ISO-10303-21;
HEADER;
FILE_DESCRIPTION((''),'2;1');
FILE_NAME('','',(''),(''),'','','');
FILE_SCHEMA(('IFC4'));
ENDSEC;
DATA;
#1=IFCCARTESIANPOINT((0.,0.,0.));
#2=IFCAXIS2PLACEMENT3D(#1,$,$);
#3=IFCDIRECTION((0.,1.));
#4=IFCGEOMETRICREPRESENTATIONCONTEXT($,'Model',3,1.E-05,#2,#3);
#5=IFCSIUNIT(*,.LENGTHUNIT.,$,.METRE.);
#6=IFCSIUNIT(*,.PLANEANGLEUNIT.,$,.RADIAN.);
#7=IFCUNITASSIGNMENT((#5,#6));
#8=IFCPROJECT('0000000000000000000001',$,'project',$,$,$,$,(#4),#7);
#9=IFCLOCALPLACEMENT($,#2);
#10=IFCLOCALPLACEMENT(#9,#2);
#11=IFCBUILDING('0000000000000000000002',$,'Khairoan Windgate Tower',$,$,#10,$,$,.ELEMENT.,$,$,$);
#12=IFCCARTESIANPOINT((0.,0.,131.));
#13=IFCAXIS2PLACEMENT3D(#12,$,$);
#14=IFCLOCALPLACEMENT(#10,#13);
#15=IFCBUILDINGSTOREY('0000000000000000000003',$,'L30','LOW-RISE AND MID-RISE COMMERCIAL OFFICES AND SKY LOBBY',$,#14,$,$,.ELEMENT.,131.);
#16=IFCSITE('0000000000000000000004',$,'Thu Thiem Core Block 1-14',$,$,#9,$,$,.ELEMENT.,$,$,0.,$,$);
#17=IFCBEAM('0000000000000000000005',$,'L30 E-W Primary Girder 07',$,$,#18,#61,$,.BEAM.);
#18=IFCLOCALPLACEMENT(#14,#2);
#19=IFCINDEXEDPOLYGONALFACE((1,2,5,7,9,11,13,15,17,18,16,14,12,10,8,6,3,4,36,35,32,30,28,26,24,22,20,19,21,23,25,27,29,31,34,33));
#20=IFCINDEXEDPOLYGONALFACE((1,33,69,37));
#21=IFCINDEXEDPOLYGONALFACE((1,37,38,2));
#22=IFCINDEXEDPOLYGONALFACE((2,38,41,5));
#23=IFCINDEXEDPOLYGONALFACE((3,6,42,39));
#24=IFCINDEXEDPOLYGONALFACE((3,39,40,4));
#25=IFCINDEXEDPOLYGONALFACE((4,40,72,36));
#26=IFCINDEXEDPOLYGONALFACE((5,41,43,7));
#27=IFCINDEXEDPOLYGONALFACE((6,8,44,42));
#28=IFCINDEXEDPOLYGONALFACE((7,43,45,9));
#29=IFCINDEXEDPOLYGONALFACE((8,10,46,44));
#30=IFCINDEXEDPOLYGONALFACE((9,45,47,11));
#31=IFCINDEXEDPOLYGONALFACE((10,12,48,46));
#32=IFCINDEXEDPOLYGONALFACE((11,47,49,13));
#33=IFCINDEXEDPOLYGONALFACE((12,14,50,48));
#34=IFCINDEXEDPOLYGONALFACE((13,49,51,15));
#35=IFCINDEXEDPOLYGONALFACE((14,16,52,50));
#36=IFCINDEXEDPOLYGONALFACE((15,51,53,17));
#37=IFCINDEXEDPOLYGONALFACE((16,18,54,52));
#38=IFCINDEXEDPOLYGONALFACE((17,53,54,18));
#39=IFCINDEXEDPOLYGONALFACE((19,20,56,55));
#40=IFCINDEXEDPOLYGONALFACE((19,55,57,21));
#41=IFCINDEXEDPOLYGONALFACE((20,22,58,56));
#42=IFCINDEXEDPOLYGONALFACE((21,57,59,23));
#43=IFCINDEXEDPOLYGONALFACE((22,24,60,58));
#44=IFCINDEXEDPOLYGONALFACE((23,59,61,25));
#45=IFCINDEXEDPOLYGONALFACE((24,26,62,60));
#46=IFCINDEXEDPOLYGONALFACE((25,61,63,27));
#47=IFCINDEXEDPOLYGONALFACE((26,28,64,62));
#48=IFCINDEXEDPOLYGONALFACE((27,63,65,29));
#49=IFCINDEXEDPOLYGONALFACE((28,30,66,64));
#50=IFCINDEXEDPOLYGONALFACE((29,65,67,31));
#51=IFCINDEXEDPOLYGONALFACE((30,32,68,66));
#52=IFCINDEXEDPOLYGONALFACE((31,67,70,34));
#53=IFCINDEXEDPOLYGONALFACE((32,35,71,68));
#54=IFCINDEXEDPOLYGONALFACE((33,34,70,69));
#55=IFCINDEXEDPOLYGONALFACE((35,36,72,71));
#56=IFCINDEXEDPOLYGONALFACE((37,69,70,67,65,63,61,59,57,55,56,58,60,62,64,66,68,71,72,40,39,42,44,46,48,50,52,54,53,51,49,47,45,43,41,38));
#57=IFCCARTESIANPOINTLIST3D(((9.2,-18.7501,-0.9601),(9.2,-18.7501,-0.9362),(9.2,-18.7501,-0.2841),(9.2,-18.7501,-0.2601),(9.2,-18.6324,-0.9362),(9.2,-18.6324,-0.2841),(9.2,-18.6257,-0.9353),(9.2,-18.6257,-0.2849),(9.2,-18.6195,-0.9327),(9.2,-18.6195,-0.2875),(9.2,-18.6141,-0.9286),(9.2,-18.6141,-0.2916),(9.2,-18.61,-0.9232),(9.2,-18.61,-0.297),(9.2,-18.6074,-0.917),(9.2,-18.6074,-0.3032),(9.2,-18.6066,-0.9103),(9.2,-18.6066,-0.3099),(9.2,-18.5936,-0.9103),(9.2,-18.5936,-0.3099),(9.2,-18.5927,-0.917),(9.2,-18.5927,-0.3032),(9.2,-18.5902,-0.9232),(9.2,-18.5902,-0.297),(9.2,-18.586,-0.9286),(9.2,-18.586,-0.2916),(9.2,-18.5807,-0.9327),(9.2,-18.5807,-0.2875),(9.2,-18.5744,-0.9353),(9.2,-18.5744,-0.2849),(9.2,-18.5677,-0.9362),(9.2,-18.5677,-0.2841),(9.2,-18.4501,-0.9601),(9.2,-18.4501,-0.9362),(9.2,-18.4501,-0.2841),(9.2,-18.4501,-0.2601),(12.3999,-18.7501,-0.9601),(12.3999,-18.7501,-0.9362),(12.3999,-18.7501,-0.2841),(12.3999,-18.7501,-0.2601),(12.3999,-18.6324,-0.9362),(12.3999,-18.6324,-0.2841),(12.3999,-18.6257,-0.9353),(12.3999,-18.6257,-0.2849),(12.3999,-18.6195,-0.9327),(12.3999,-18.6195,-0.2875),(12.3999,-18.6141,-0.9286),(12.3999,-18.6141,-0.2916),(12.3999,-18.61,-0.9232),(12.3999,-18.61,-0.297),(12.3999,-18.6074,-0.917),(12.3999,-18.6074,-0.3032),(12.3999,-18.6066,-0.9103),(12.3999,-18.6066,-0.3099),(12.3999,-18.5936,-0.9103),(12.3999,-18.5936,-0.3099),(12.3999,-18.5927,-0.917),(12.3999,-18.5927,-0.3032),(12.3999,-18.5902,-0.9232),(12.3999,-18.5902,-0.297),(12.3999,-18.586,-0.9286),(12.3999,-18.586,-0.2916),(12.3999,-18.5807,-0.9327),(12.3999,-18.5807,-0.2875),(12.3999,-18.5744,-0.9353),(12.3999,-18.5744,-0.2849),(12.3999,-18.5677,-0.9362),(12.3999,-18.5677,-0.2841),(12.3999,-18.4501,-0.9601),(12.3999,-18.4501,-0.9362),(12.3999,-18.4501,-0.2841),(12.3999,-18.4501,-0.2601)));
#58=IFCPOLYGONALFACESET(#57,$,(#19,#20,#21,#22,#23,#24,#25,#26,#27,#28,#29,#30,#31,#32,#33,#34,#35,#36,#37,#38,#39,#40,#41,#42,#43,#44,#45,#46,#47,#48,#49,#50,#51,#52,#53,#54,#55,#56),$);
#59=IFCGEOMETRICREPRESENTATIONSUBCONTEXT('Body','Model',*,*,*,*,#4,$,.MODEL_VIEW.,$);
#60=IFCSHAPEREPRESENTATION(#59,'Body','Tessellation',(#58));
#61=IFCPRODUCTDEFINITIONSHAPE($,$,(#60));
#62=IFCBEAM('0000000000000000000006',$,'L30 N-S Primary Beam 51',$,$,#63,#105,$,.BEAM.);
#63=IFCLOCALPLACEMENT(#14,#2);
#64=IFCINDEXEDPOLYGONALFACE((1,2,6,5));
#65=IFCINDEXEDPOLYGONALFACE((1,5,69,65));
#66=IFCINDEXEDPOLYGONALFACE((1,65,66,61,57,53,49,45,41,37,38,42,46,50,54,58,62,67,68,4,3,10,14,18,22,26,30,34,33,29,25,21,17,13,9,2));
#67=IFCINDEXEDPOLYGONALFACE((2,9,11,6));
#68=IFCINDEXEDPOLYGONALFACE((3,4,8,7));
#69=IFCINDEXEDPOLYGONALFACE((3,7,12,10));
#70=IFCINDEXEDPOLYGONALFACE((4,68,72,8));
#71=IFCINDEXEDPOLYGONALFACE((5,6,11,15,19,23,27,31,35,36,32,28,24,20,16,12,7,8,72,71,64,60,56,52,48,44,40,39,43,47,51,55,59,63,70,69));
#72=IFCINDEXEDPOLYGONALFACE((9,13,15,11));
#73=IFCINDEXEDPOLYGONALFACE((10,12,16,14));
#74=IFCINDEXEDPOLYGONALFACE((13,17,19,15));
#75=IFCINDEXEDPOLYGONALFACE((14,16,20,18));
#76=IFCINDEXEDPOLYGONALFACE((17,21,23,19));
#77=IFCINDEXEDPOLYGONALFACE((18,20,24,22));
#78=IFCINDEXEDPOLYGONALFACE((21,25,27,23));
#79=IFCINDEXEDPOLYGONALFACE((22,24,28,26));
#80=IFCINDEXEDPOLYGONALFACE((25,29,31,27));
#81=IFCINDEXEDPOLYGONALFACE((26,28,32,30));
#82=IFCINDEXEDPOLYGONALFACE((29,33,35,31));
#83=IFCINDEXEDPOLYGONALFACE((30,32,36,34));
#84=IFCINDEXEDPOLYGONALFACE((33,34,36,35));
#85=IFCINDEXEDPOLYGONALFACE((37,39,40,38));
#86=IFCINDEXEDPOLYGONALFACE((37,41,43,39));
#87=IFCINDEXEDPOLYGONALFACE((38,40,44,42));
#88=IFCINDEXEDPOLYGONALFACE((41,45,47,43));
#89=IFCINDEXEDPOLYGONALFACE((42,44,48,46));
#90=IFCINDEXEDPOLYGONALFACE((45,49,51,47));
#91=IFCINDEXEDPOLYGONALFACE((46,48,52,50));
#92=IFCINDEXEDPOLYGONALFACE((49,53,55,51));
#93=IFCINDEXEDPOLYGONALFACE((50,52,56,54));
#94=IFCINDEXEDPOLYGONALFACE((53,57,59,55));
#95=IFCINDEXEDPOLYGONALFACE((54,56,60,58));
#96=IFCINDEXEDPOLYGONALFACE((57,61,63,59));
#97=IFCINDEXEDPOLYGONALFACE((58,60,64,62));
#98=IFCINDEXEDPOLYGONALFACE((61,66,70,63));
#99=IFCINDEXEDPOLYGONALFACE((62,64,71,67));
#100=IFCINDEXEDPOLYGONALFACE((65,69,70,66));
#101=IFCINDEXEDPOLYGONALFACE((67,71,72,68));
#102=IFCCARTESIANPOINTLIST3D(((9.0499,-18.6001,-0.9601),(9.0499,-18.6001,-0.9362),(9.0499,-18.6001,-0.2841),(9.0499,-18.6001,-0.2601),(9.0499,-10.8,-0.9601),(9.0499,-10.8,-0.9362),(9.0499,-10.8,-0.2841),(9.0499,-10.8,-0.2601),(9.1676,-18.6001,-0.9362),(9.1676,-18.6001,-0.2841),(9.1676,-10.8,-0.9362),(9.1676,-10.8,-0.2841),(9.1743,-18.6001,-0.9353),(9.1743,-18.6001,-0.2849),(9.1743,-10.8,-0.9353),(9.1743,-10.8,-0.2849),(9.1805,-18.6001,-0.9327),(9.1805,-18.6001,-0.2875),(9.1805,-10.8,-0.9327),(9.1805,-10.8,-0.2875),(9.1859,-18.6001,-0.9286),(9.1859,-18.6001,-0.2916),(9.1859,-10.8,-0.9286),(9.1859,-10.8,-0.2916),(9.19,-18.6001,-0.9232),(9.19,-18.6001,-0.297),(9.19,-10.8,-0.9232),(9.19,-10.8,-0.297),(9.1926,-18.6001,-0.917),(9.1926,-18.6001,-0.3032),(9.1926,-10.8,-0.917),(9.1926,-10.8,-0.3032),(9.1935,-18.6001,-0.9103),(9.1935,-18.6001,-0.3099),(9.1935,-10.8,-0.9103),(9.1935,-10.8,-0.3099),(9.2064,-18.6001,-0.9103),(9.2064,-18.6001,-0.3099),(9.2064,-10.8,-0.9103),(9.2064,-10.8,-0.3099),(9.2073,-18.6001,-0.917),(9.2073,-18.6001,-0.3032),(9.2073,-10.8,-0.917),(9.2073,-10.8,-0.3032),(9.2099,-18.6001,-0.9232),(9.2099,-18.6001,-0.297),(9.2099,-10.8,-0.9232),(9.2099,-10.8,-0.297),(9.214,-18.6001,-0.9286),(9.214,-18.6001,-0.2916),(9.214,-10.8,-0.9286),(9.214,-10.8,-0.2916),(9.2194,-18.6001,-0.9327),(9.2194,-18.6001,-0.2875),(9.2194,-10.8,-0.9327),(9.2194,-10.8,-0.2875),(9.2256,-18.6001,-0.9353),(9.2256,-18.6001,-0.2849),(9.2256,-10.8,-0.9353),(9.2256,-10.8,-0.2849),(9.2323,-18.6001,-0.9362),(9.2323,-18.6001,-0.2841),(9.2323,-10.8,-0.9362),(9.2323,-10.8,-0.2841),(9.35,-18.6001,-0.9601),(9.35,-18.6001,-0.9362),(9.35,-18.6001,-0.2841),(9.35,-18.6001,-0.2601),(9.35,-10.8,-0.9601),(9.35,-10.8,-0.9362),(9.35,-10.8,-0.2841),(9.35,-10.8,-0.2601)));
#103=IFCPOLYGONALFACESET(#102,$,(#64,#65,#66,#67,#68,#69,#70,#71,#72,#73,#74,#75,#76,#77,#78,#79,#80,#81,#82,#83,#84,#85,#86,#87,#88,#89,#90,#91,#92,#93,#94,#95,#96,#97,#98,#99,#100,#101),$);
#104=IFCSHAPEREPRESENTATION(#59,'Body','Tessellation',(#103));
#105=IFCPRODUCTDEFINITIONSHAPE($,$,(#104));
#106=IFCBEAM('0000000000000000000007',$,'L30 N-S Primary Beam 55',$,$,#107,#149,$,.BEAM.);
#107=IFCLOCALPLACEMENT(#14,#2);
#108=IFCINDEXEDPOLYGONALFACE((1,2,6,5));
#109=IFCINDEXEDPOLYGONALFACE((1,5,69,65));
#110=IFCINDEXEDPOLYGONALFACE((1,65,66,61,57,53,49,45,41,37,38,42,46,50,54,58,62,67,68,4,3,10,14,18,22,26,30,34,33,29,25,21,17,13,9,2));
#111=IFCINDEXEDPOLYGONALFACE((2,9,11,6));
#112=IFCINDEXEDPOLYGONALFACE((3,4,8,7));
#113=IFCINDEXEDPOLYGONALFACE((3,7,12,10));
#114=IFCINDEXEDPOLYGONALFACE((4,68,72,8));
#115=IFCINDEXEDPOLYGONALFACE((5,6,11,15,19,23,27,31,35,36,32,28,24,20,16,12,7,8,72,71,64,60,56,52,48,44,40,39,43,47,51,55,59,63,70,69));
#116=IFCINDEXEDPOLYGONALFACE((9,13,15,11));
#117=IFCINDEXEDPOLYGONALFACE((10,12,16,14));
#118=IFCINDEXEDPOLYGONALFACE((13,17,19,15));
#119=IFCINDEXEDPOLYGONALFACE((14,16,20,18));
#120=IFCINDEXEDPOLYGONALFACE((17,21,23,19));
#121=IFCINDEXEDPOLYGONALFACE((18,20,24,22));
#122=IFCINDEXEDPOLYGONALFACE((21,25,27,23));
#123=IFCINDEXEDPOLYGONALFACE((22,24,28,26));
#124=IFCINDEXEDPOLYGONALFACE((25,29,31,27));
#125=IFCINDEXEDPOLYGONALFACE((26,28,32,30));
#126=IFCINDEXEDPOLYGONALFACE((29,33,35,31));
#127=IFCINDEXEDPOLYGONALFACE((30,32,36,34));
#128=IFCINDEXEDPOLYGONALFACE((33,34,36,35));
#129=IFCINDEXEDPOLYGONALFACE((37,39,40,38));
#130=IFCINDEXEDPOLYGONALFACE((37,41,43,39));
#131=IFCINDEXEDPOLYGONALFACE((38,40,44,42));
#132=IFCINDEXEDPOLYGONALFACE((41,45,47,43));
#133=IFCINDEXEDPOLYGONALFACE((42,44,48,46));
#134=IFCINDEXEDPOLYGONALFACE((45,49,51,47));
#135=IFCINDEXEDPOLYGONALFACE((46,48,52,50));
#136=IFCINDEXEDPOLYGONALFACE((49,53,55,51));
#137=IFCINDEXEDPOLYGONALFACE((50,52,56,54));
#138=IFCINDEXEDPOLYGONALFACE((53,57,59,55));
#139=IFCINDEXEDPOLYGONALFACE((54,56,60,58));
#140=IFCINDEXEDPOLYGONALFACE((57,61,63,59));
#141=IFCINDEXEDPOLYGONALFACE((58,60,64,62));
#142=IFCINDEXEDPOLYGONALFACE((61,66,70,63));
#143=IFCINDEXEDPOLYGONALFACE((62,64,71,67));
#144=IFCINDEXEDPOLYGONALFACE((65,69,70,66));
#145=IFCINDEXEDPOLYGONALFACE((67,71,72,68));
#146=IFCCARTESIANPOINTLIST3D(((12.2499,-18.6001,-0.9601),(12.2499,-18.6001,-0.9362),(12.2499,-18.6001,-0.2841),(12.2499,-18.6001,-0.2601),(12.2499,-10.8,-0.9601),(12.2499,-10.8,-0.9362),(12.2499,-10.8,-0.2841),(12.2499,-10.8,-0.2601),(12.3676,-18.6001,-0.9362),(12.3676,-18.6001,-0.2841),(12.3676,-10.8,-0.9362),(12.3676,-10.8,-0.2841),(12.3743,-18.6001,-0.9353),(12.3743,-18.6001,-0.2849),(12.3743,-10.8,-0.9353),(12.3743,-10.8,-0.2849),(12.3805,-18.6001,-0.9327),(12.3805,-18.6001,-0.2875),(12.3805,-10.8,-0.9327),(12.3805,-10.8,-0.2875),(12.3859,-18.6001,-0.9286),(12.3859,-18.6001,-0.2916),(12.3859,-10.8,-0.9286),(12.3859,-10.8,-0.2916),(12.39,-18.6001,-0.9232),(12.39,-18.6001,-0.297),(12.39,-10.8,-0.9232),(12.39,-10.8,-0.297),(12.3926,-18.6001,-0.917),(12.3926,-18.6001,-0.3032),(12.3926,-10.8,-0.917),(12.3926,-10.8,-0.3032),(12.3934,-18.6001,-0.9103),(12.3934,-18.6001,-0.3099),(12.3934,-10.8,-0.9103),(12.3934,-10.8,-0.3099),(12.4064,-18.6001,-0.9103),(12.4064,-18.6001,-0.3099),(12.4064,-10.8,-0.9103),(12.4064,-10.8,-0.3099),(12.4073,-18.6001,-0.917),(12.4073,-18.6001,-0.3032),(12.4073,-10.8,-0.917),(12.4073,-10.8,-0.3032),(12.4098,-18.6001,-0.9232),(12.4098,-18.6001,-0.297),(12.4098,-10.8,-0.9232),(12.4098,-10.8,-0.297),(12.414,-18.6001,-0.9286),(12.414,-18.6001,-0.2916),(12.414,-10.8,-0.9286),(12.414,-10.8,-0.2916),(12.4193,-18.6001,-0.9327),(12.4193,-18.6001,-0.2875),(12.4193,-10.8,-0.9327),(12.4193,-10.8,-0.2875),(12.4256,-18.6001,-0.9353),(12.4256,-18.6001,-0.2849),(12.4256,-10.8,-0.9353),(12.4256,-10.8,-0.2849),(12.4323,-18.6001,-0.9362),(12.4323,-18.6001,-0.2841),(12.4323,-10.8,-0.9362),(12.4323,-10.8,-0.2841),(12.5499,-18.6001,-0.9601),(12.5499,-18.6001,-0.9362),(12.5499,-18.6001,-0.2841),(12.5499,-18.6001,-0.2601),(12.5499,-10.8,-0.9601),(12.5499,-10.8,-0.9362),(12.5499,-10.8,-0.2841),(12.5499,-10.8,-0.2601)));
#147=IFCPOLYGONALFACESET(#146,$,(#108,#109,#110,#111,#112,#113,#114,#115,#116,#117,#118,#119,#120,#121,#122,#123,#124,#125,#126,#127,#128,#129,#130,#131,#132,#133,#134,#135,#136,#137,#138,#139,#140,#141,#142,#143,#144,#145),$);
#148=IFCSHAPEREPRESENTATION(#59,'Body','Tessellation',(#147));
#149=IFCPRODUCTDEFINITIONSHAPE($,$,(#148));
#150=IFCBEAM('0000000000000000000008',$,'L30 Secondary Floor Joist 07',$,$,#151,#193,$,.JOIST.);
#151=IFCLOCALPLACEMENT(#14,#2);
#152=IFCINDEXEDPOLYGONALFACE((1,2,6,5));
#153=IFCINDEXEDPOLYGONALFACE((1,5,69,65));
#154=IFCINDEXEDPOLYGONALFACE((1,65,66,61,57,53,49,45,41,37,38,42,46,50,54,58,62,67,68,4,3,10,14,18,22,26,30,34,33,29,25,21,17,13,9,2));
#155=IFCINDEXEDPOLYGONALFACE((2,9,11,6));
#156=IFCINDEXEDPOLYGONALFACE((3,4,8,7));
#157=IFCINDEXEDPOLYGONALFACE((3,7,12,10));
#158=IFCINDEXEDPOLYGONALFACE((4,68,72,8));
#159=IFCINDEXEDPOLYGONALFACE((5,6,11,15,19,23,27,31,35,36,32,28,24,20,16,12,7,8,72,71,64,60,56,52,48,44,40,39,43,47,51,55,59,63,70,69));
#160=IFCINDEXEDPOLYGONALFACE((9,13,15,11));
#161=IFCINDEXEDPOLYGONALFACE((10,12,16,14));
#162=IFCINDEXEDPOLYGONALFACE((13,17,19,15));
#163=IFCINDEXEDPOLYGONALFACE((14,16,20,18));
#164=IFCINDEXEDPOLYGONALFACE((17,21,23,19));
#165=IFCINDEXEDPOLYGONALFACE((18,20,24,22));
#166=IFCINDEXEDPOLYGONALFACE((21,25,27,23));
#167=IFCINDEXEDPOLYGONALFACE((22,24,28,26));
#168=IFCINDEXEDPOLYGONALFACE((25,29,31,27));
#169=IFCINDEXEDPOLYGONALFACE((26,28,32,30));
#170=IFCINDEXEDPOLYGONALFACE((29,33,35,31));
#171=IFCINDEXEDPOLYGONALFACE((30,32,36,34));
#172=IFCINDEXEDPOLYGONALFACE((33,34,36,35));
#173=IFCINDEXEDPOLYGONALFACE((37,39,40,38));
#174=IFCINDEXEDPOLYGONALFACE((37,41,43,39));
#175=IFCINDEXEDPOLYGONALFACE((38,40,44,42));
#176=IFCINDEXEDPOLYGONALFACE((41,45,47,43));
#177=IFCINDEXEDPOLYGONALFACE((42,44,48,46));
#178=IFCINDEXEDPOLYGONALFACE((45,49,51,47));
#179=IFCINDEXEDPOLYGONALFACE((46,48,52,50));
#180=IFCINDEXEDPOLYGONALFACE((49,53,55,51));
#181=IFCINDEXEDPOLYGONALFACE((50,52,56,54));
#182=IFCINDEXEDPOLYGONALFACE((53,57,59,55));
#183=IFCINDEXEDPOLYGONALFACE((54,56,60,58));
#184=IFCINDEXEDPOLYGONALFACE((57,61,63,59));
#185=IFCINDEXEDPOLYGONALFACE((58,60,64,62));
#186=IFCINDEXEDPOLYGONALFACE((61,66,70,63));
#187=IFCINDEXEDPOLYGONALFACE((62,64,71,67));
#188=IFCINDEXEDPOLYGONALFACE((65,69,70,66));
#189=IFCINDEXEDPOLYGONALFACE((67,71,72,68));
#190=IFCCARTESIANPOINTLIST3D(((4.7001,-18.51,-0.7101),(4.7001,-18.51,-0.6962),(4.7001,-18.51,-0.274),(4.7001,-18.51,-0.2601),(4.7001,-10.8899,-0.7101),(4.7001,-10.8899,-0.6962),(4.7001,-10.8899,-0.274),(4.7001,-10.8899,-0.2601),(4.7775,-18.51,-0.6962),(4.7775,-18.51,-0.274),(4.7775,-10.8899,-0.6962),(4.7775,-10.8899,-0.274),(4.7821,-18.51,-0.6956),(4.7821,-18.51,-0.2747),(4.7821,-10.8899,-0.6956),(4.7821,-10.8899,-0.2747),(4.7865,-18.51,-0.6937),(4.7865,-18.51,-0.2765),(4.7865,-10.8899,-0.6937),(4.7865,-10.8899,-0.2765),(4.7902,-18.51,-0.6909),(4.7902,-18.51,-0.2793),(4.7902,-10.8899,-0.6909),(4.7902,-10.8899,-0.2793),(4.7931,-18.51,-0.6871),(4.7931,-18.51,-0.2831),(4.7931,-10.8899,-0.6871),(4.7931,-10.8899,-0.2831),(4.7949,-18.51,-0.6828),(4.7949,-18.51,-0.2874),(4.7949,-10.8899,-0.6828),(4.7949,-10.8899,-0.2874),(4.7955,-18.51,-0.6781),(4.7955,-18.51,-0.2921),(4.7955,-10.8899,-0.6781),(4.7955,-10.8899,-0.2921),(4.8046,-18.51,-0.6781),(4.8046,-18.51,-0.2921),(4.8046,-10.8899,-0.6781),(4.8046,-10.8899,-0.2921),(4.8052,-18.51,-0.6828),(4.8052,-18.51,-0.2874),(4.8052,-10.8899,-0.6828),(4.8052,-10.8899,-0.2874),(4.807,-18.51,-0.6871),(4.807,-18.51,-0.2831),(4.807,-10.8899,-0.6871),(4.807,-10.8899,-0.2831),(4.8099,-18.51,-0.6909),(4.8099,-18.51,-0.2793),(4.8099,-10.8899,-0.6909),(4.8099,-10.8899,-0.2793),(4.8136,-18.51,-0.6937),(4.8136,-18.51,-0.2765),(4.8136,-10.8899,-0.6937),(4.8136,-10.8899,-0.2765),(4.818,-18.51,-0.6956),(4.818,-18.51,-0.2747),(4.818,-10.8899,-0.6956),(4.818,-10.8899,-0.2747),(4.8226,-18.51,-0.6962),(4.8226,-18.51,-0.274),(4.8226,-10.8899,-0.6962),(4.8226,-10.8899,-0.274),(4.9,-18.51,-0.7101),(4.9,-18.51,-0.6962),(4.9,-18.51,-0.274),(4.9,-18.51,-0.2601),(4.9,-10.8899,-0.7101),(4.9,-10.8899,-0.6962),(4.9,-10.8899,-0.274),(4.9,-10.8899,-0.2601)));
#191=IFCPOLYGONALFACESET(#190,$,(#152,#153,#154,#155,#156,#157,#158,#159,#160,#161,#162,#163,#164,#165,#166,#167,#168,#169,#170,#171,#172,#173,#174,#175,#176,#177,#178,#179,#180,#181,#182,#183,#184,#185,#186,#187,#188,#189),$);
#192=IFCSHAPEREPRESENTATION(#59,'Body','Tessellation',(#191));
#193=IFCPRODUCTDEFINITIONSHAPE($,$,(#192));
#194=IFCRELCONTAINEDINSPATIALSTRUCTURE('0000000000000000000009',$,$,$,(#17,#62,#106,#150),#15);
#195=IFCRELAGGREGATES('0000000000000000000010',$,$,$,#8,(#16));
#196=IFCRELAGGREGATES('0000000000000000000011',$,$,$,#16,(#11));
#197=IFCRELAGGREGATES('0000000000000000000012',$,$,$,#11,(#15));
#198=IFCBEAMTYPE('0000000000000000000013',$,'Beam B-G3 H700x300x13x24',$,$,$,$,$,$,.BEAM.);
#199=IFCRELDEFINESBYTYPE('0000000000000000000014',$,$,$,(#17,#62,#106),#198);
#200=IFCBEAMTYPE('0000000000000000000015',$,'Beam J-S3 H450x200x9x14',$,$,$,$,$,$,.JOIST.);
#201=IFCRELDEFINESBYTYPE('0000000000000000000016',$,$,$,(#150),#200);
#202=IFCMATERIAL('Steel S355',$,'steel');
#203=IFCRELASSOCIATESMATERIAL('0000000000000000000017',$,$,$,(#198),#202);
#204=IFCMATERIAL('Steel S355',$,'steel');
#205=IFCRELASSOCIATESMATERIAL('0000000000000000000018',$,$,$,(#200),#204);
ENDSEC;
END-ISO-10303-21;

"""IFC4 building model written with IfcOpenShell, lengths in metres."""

from ifc_helpers import new_model, si_unit, direction, frame, origin, origin_2d, place, context, subcontext, project, spatial, i_section, extrude, material, material_profile, profile_set, type_object, element, save


model = new_model("IFC4")

# Units and contexts
model_context = context("Model", 3, precision=1e-05, world=origin(), true_north=direction((0.0, 1.0)))
body_context = subcontext(model_context, "Body", "Model", "MODEL_VIEW")
ifc_project = project(units=[si_unit("LENGTHUNIT", "METRE"), si_unit("PLANEANGLEUNIT", "RADIAN")], contexts=[model_context])

# Site, building, storey
site_placement = place(None, origin())
site = spatial("IfcSite", under=ifc_project, at=site_placement, Name="Thu Thiem Core Block 1-14", CompositionType="ELEMENT", RefElevation=0.0)
building_placement = place(site_placement, origin())
building = spatial("IfcBuilding", under=site, at=building_placement, Name="Khairoan Windgate Tower", CompositionType="ELEMENT")
storey_placement = place(building_placement, frame((0.0, 0.0, 131.0)))
storey = spatial("IfcBuildingStorey", under=building, at=storey_placement, Name="L30", Description="LOW-RISE AND MID-RISE COMMERCIAL OFFICES AND SKY LOBBY", CompositionType="ELEMENT", Elevation=131.0)

# Beams
ifc_material_1 = material(Name="Steel S355", Category="steel")
ifc_material_profile_1 = material_profile(ifc_material_1, i_section(OverallWidth=0.3, OverallDepth=0.7, WebThickness=0.0129, FlangeThickness=0.0239, FilletRadius=0.0259, at=origin_2d()))
ifc_profile_set_1 = profile_set([ifc_material_profile_1], Name="Steel S355")
beam_type_1 = type_object("IfcBeamType", Name="Beam B-G3 H700x300x13x24", PredefinedType="BEAM", material=ifc_profile_set_1)
beam_1_placement = place(storey_placement, frame((9.2, -18.6001, -0.6101), z_axis=(1.0, 0.0, 0.0), x_axis=(0.0, 1.0, 0.0)))
element("IfcBeam", 1, at=beam_1_placement, inside=storey, type_object=beam_type_1, Name="L30 E-W Primary Girder 07", PredefinedType="BEAM", context=body_context, shape_type="SweptSolid", body=[
    extrude(i_section(OverallWidth=0.3, OverallDepth=0.7, WebThickness=0.0129, FlangeThickness=0.0239, FilletRadius=0.0259, at=origin_2d()), origin(), (0.0, 0.0, 1.0), 3.2),
])
for number, where, z_axis, x_axis, name in (
    (2, (9.2, -18.6001, -0.6101), (0.0, 1.0, 0.0), (-1.0, 0.0, 0.0), "L30 N-S Primary Beam 51"),
    (3, (12.3999, -18.6001, -0.6101), (0.0, 1.0, 0.0), (-1.0, 0.0, 0.0), "L30 N-S Primary Beam 55"),
):
    element("IfcBeam", number, at=place(storey_placement, frame(where, z_axis=z_axis, x_axis=x_axis)), inside=storey, type_object=beam_type_1, Name=name, PredefinedType="BEAM", context=body_context, shape_type="SweptSolid", body=[
        extrude(i_section(OverallWidth=0.3, OverallDepth=0.7, WebThickness=0.0129, FlangeThickness=0.0239, FilletRadius=0.0259, at=origin_2d()), origin(), (0.0, 0.0, 1.0), 7.8),
    ])
ifc_material_2 = material(Name="Steel S355", Category="steel")
ifc_material_profile_2 = material_profile(ifc_material_2, i_section(OverallWidth=0.2, OverallDepth=0.45, WebThickness=0.009, FlangeThickness=0.0139, FilletRadius=0.0181, at=origin_2d()))
ifc_profile_set_2 = profile_set([ifc_material_profile_2], Name="Steel S355")
beam_type_2 = type_object("IfcBeamType", Name="Beam J-S3 H450x200x9x14", PredefinedType="JOIST", material=ifc_profile_set_2)
beam_2_placement = place(storey_placement, frame((4.8, -18.51, -0.4851), z_axis=(0.0, 1.0, 0.0), x_axis=(-1.0, 0.0, 0.0)))
element("IfcBeam", 4, at=beam_2_placement, inside=storey, type_object=beam_type_2, Name="L30 Secondary Floor Joist 07", PredefinedType="JOIST", context=body_context, shape_type="SweptSolid", body=[
    extrude(i_section(OverallWidth=0.2, OverallDepth=0.45, WebThickness=0.009, FlangeThickness=0.0139, FilletRadius=0.0181, at=origin_2d()), origin(), (0.0, 0.0, 1.0), 7.6201),
])

save(model, "model.ifc")
